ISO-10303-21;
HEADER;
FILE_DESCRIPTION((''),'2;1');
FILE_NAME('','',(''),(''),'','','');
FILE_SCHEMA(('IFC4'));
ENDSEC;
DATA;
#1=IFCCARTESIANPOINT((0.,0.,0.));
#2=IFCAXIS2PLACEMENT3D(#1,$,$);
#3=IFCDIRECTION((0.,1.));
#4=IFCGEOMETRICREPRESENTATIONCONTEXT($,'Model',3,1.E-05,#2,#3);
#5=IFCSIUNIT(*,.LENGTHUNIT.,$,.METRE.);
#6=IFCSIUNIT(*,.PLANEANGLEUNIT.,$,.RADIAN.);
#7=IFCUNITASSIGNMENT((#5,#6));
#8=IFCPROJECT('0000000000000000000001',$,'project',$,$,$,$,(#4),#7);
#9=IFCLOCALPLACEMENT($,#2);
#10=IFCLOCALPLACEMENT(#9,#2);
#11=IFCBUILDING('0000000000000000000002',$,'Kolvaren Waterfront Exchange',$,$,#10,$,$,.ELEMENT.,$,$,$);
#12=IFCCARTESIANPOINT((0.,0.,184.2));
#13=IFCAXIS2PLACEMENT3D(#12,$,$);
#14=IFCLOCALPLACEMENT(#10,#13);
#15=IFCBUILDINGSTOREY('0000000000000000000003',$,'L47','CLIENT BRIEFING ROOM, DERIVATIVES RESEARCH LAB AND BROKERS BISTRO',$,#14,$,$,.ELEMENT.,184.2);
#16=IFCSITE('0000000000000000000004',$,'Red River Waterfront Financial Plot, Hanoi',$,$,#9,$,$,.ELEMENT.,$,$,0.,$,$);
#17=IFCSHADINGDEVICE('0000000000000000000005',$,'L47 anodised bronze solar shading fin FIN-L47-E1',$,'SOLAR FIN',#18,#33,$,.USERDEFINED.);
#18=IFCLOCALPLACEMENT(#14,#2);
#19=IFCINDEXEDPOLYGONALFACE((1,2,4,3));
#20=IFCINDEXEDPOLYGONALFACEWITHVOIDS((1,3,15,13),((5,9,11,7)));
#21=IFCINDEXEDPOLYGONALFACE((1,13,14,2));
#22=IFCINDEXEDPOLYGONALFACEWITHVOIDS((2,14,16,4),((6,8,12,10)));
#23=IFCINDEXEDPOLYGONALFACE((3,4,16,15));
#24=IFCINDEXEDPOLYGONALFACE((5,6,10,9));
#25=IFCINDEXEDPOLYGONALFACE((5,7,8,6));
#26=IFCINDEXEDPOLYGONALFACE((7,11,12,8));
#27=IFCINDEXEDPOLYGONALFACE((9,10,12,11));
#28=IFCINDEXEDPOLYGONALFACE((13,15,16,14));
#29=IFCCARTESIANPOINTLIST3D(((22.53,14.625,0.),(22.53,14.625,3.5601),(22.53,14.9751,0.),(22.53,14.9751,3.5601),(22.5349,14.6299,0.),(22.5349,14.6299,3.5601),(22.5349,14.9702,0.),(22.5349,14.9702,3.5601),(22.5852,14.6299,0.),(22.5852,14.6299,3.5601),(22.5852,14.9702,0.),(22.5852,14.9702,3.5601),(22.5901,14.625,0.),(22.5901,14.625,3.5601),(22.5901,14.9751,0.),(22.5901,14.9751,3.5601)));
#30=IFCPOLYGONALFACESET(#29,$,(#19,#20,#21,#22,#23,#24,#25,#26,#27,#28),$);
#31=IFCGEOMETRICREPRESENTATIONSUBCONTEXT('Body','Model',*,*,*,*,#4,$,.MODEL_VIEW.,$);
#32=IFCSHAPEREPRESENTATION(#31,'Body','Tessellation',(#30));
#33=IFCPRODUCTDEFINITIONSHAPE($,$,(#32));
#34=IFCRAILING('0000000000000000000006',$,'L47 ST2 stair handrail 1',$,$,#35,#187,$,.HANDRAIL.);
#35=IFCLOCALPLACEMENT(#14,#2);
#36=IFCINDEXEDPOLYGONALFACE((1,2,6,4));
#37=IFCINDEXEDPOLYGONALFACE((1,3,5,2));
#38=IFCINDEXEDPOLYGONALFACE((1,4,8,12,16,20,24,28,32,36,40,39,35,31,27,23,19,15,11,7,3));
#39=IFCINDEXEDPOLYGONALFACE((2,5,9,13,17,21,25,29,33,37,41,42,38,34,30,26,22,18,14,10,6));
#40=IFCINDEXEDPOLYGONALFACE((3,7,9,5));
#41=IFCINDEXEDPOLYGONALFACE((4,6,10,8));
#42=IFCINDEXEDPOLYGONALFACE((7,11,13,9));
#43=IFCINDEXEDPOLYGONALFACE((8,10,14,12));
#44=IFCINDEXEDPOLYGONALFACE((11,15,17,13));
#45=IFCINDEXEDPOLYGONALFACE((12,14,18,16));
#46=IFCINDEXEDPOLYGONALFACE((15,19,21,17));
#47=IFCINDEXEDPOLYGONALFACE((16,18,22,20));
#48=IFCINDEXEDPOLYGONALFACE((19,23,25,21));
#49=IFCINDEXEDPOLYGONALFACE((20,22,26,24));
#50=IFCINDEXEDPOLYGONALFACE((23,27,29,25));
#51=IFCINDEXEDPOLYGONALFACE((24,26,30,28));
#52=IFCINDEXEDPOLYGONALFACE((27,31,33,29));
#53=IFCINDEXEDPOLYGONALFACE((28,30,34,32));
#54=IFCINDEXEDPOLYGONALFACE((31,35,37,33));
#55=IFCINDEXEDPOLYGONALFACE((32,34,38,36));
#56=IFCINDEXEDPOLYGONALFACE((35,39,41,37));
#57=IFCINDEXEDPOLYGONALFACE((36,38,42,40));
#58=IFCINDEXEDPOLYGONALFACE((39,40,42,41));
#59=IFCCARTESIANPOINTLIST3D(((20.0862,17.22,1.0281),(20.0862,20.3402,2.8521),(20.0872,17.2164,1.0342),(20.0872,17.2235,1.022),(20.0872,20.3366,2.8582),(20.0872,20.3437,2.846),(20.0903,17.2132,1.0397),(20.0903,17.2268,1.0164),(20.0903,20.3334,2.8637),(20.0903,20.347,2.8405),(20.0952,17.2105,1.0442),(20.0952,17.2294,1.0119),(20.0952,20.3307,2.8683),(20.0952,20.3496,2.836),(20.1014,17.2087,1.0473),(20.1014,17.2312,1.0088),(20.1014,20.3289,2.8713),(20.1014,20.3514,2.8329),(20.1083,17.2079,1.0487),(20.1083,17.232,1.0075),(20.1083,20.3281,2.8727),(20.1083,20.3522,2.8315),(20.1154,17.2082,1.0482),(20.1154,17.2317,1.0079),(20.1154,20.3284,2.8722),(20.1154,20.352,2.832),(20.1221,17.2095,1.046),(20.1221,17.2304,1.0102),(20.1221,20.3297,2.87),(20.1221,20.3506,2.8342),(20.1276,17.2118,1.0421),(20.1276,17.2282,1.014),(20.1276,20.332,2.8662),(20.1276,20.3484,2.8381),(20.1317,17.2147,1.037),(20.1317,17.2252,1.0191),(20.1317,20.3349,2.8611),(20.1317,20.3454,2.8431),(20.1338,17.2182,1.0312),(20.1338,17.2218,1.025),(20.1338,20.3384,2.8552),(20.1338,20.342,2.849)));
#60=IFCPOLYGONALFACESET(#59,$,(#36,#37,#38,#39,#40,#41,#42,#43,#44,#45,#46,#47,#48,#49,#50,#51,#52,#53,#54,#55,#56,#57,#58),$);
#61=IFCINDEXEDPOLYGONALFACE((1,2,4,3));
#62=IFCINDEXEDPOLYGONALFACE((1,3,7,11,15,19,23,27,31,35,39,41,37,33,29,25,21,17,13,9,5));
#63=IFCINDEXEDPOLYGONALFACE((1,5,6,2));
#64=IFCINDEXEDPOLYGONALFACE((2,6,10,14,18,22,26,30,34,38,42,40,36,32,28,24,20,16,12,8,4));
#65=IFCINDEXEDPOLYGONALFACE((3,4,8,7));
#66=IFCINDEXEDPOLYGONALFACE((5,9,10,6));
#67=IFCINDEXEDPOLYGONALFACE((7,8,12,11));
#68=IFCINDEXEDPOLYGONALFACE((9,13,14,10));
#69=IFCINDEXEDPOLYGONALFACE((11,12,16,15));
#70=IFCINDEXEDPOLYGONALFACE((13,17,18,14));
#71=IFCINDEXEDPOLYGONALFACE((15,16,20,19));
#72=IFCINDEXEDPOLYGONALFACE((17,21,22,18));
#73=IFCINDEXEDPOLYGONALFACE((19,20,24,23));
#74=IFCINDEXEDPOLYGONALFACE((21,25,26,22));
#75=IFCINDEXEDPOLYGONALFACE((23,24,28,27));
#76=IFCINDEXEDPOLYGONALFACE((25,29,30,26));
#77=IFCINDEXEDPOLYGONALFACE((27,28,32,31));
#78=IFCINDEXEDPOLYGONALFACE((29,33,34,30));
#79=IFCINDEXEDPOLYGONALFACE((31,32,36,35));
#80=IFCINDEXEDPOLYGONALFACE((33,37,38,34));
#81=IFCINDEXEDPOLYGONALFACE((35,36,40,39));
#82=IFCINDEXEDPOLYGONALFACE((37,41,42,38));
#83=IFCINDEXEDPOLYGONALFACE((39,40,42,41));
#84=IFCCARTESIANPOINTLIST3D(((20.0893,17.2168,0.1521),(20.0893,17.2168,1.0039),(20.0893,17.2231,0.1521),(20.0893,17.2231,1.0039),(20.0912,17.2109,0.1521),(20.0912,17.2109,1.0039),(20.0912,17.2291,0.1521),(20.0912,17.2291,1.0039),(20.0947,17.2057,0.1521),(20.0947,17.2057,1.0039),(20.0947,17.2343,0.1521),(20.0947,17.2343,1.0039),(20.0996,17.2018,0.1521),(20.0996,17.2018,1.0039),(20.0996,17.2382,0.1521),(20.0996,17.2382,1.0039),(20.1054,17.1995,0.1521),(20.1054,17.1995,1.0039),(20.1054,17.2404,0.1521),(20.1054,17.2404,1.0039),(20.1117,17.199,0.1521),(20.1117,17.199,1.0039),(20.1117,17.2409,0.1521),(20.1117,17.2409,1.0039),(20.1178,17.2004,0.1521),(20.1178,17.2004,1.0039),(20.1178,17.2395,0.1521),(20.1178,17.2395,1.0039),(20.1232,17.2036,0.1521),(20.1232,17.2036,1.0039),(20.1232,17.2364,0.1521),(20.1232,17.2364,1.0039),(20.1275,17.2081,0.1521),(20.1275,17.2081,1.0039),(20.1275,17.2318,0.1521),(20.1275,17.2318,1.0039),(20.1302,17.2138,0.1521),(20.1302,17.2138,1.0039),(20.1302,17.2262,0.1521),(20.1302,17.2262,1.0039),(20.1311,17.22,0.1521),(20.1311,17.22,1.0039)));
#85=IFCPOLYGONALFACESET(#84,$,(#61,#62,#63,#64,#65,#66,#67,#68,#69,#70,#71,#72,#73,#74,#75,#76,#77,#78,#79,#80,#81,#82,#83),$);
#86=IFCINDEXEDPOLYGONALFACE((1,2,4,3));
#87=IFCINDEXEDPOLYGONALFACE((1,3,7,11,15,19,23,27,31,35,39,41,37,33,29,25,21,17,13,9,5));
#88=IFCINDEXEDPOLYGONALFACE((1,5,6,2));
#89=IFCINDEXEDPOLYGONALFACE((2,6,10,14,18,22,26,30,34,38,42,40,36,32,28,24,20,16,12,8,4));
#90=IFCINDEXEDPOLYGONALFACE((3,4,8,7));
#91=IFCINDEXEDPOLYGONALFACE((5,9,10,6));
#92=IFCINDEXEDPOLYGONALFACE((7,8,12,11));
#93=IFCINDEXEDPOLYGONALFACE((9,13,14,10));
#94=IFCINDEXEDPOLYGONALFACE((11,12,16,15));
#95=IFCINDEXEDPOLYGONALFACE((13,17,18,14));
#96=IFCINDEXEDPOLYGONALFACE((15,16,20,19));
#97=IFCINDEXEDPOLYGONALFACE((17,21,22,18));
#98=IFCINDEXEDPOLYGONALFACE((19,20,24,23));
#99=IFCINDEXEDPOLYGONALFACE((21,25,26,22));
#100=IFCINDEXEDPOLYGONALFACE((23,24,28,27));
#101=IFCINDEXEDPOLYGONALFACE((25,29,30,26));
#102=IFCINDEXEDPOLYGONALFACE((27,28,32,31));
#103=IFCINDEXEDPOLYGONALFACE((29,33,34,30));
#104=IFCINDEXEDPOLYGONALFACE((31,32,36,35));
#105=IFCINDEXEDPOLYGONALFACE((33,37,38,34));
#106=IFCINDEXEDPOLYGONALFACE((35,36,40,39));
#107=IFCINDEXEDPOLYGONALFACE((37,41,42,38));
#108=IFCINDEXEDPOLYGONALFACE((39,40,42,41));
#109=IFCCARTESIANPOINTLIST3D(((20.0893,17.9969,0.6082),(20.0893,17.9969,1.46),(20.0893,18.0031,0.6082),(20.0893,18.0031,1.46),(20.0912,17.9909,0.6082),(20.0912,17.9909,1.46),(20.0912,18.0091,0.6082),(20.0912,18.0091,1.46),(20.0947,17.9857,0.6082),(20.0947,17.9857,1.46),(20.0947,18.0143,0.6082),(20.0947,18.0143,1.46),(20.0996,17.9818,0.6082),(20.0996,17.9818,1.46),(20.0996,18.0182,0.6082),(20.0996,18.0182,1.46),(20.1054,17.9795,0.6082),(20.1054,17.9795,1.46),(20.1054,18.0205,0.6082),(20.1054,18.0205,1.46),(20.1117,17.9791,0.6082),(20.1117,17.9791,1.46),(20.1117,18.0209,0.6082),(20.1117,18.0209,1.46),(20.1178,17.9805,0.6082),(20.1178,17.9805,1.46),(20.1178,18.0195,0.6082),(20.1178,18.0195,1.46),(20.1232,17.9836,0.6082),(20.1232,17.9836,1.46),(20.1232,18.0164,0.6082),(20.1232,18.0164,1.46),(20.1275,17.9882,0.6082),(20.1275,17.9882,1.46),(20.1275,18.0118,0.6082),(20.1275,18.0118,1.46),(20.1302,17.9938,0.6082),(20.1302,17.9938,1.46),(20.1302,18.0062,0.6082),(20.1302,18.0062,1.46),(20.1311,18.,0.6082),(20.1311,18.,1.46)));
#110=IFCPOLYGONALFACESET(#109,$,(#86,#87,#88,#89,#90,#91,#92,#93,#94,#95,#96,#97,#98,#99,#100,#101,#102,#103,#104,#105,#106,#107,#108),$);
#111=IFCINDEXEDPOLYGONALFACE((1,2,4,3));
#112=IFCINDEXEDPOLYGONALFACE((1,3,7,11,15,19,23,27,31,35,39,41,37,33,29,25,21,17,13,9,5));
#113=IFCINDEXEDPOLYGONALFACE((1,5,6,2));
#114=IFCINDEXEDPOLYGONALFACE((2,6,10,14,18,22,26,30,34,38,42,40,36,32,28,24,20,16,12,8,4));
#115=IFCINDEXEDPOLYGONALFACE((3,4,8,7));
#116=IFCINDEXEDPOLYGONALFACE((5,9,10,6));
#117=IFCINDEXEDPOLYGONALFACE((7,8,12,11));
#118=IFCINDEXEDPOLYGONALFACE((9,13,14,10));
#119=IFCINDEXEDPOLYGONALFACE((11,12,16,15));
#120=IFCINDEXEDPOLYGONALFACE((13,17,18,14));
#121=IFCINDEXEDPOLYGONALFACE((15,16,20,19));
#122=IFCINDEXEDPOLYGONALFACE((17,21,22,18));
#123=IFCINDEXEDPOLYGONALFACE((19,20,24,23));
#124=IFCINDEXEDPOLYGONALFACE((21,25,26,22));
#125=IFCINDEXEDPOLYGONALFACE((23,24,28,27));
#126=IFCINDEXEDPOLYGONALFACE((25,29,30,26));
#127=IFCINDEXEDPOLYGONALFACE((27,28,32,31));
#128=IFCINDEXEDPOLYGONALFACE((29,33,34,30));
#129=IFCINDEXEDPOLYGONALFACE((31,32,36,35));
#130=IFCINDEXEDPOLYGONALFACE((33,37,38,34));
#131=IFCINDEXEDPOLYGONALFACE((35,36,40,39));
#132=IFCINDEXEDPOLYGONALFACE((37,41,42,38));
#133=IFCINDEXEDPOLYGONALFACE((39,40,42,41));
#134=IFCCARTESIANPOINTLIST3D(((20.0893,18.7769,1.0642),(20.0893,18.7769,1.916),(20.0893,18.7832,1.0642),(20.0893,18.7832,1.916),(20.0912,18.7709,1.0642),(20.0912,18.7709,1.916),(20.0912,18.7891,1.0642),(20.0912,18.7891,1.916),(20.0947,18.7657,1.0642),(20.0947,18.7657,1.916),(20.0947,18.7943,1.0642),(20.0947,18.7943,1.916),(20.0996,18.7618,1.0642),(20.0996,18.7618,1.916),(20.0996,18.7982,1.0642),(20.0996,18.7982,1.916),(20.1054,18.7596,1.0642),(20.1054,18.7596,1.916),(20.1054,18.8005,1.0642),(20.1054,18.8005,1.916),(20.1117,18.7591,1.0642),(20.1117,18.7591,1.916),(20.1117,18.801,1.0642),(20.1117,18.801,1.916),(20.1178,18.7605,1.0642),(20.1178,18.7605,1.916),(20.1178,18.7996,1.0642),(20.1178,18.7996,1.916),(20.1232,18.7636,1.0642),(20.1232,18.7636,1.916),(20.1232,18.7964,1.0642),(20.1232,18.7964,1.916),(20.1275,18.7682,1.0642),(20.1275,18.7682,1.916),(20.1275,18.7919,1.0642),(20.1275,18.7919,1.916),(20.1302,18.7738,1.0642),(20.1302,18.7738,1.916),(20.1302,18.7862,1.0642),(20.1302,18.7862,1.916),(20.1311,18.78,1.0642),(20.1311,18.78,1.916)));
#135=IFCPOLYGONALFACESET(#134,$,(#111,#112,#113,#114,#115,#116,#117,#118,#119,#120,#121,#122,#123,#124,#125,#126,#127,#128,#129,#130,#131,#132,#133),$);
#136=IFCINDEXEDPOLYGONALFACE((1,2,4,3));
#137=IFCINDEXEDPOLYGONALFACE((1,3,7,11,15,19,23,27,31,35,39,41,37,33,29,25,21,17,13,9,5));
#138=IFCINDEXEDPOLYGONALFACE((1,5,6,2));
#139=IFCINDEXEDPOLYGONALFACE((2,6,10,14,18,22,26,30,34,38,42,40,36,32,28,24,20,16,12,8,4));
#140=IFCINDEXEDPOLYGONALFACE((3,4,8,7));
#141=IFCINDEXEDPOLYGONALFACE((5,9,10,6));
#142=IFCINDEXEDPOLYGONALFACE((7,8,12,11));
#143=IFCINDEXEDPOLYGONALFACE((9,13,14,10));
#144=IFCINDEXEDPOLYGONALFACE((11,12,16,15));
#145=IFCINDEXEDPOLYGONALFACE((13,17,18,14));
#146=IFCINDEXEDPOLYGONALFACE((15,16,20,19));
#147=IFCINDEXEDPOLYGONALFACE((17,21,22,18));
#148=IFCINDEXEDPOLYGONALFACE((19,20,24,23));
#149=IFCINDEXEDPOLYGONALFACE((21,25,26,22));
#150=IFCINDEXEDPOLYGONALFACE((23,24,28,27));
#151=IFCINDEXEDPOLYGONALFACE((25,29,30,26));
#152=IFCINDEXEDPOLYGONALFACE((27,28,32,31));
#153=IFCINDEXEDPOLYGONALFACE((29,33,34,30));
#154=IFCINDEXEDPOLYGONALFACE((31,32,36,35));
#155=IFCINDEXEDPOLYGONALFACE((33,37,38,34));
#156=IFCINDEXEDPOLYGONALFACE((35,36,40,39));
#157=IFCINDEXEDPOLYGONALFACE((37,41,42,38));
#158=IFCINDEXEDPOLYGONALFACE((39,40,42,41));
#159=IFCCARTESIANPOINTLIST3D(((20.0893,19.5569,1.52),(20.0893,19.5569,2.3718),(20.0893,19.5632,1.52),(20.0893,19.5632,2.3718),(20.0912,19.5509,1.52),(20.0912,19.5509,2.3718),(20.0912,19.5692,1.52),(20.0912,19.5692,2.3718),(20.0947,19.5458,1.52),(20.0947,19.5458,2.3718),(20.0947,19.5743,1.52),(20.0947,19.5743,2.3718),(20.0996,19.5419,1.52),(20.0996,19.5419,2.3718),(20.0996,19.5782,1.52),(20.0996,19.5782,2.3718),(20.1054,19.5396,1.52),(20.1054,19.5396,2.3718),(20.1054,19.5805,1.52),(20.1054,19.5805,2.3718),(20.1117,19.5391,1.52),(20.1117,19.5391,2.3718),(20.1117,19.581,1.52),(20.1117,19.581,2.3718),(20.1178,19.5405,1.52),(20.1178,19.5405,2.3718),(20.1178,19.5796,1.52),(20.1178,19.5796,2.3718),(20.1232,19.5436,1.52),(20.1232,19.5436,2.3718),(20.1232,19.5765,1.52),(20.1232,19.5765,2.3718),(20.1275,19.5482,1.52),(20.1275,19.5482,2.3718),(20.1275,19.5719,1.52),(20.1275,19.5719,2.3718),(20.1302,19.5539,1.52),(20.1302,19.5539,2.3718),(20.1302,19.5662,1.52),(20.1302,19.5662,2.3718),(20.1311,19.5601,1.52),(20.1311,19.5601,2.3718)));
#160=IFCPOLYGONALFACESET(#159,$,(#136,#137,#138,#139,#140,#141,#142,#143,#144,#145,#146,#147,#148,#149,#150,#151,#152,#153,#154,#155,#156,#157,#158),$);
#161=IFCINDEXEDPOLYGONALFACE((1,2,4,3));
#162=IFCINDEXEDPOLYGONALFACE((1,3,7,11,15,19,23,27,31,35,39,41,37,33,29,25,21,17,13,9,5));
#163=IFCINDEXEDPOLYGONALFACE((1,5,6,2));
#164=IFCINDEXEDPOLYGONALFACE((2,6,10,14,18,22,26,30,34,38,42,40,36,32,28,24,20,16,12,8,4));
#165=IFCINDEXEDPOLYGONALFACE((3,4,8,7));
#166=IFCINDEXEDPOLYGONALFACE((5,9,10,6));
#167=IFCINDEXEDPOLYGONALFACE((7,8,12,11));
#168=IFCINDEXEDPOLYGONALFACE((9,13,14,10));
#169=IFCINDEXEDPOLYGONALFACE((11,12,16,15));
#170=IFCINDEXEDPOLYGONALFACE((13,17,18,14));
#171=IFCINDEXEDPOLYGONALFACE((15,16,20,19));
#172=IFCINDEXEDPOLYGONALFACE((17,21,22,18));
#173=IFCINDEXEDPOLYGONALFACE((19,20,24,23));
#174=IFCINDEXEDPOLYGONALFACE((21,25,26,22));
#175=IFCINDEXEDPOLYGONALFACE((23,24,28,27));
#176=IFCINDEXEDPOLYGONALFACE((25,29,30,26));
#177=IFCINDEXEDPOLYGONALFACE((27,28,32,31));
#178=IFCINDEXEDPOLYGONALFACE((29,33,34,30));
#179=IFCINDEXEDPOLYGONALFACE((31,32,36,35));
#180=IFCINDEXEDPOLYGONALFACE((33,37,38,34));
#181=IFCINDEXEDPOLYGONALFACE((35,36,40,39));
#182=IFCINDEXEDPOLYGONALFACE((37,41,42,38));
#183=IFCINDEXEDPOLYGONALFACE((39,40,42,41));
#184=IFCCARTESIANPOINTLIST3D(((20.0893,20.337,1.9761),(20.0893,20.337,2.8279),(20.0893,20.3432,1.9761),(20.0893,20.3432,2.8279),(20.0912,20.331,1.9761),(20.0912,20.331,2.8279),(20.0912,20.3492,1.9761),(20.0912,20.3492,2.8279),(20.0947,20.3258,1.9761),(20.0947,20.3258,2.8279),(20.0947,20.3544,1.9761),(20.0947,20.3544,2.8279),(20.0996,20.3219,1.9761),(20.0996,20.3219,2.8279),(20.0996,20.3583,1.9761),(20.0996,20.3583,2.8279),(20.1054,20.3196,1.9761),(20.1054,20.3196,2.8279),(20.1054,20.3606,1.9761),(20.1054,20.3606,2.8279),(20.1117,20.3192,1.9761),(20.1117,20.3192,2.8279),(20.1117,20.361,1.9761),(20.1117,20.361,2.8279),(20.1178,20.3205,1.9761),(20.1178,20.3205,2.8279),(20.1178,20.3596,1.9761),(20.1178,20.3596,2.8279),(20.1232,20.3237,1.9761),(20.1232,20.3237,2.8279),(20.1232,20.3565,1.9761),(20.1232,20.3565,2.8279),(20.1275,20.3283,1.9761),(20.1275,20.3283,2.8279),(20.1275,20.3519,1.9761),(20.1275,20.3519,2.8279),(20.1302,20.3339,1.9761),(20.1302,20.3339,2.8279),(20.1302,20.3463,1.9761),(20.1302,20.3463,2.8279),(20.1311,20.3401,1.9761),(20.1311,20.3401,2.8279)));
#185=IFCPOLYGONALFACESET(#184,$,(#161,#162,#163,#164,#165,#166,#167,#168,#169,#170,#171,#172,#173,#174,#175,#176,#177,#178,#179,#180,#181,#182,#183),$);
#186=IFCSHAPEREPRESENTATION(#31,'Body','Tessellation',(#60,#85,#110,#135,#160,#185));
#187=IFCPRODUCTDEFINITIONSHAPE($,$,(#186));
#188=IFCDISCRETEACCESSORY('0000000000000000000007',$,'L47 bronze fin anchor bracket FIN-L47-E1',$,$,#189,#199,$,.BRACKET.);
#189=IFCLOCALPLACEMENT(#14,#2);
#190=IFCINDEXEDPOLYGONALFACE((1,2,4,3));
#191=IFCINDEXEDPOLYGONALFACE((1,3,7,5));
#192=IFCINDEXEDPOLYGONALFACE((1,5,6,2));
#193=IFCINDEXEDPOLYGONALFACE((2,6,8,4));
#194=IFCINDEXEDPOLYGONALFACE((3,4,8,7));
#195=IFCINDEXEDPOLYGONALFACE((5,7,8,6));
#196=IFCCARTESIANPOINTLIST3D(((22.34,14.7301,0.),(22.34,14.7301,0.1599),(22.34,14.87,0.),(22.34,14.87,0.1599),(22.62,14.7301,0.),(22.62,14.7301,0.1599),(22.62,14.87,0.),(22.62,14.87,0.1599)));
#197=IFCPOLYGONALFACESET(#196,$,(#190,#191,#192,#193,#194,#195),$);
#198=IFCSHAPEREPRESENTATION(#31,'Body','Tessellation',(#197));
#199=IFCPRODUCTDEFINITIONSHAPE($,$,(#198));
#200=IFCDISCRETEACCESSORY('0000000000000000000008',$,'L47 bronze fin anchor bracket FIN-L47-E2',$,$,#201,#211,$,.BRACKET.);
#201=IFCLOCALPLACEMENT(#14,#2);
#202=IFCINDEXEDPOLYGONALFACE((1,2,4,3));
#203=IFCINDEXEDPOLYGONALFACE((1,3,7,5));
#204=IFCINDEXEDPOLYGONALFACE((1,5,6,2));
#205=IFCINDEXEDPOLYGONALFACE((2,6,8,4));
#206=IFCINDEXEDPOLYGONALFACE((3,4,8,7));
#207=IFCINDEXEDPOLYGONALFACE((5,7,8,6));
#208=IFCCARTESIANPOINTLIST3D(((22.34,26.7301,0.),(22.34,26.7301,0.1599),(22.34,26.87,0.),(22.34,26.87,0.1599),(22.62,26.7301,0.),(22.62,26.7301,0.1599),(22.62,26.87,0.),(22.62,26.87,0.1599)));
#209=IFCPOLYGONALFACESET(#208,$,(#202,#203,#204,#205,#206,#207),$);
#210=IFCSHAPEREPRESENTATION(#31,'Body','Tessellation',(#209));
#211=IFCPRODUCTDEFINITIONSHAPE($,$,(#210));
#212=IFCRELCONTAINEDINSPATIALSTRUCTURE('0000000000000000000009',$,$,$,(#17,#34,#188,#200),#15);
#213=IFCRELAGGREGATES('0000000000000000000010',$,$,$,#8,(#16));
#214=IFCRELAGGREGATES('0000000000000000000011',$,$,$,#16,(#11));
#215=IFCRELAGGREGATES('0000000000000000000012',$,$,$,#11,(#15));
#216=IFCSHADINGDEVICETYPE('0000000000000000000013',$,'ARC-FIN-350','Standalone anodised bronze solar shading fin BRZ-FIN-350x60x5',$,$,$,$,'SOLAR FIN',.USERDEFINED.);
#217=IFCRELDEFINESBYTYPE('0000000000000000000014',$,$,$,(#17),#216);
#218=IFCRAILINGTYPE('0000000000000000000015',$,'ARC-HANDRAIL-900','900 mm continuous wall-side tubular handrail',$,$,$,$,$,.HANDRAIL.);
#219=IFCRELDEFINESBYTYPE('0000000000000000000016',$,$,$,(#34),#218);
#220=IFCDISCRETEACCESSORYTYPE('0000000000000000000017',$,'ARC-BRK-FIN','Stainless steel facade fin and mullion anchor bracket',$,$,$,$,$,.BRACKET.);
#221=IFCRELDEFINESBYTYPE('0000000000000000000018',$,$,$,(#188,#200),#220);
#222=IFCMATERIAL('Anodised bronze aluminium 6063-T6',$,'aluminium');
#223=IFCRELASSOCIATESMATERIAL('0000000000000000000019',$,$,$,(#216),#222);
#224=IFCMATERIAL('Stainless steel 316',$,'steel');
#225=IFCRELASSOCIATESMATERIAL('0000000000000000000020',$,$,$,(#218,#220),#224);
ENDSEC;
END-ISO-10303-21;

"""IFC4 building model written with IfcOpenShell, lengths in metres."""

from ifc_helpers import new_model, si_unit, direction, frame, origin, origin_with_axes, origin_2d, place, context, subcontext, project, spatial, rectangle, hollow_rectangle, circle, extrude, source, transform, mapped, material, material_profile, profile_set, type_object, element, save


model = new_model("IFC4")

# Units and contexts
model_context = context("Model", 3, precision=1e-05, world=origin(), true_north=direction((0.0, 1.0)))
body_context = subcontext(model_context, "Body", "Model", "MODEL_VIEW")
ifc_project = project(units=[si_unit("LENGTHUNIT", "METRE"), si_unit("PLANEANGLEUNIT", "RADIAN")], contexts=[model_context])

# Site, building, storey
site_placement = place(None, origin())
site = spatial("IfcSite", under=ifc_project, at=site_placement, Name="Red River Waterfront Financial Plot, Hanoi", CompositionType="ELEMENT", RefElevation=0.0)
building_placement = place(site_placement, origin())
building = spatial("IfcBuilding", under=site, at=building_placement, Name="Kolvaren Waterfront Exchange", CompositionType="ELEMENT")
storey_placement = place(building_placement, frame((0.0, 0.0, 184.2)))
storey = spatial("IfcBuildingStorey", under=building, at=storey_placement, Name="L47", Description="CLIENT BRIEFING ROOM, DERIVATIVES RESEARCH LAB AND BROKERS BISTRO", CompositionType="ELEMENT", Elevation=184.2)

# Shading device
ifc_material_1 = material(Name="Anodised bronze aluminium 6063-T6", Category="aluminium")
ifc_material_profile_1 = material_profile(ifc_material_1, hollow_rectangle(XDim=0.0601, YDim=0.3501, WallThickness=0.0049, at=origin_2d()), Name="BRZ-FIN-350x60x5")
ifc_profile_set_1 = profile_set([ifc_material_profile_1], Name="Anodised bronze aluminium 6063-T6")
shading_device_type = type_object("IfcShadingDeviceType", Name="ARC-FIN-350", Description="Standalone anodised bronze solar shading fin BRZ-FIN-350x60x5", ElementType="SOLAR FIN", PredefinedType="USERDEFINED", material=ifc_profile_set_1)
shading_device_placement = place(storey_placement, frame((22.5601, 14.8, 0.0), z_axis=(0.0, 0.0, 1.0), x_axis=(1.0, 0.0, 0.0)))
element("IfcShadingDevice", 1, at=shading_device_placement, inside=storey, type_object=shading_device_type, Name="L47 anodised bronze solar shading fin FIN-L47-E1", ObjectType="SOLAR FIN", PredefinedType="USERDEFINED", context=body_context, shape_type="SweptSolid", body=[
    extrude(hollow_rectangle(XDim=0.0601, YDim=0.3501, WallThickness=0.0049, at=origin_2d()), origin(), (0.0, 0.0, 1.0), 3.5601),
])

# Railing
ifc_material_2 = material(Name="Stainless steel 316", Category="steel")
railing_type = type_object("IfcRailingType", Name="ARC-HANDRAIL-900", Description="900 mm continuous wall-side tubular handrail", PredefinedType="HANDRAIL", material=ifc_material_2)
railing_placement = place(storey_placement, frame((20.1101, 17.22, 0.1521)))
element("IfcRailing", 2, at=railing_placement, inside=storey, type_object=railing_type, Name="L47 ST2 stair handrail 1", PredefinedType="HANDRAIL", context=body_context, shape_type="SweptSolid", body=[
    extrude(circle(Radius=0.0239, at=origin_2d()), frame((0.0, 0.0, 0.876), z_axis=(0.0, 0.863308, 0.504677), x_axis=(-1.0, 0.0, 0.0)), (0.0, 0.0, 1.0), 3.6143),
    extrude(circle(Radius=0.021, at=origin_2d()), origin(), (0.0, 0.0, 1.0), 0.8518),
    extrude(circle(Radius=0.021, at=origin_2d()), frame((0.0, 0.78, 0.4561)), (0.0, 0.0, 1.0), 0.8518),
    extrude(circle(Radius=0.021, at=origin_2d()), frame((0.0, 1.5601, 0.9121)), (0.0, 0.0, 1.0), 0.8518),
    extrude(circle(Radius=0.021, at=origin_2d()), frame((0.0, 2.3401, 1.3679)), (0.0, 0.0, 1.0), 0.8518),
    extrude(circle(Radius=0.021, at=origin_2d()), frame((0.0, 3.1201, 1.824)), (0.0, 0.0, 1.0), 0.8518),
])

# Discrete accessories
discrete_accessory_type = type_object("IfcDiscreteAccessoryType", Name="ARC-BRK-FIN", Description="Stainless steel facade fin and mullion anchor bracket", PredefinedType="BRACKET", material=ifc_material_2)
shared_shape = source(origin_with_axes(), body_context, "Body", "SweptSolid", [
    extrude(rectangle(XDim=0.28, YDim=0.1399, at=origin_2d()), origin(), (0.0, 0.0, 1.0), 0.1599),
])
for number, where, z_axis, x_axis, name in (
    (3, (22.48, 14.8, 0.0), (0.0, 0.0, 1.0), (1.0, 0.0, 0.0), "L47 bronze fin anchor bracket FIN-L47-E1"),
    (4, (22.48, 26.8, 0.0), (0.0, 0.0, 1.0), (1.0, 0.0, 0.0), "L47 bronze fin anchor bracket FIN-L47-E2"),
):
    element("IfcDiscreteAccessory", number, at=place(storey_placement, frame(where, z_axis=z_axis, x_axis=x_axis)), inside=storey, type_object=discrete_accessory_type, Name=name, PredefinedType="BRACKET", context=body_context, shape_type="MappedRepresentation", body=[
        mapped(shared_shape, transform((0.0, 0.0, 0.0), x_axis=(1.0, 0.0, 0.0), y_axis=(0.0, 1.0, 0.0), z_axis=(0.0, 0.0, 1.0), scale=1.0)),
    ])

save(model, "model.ifc")
